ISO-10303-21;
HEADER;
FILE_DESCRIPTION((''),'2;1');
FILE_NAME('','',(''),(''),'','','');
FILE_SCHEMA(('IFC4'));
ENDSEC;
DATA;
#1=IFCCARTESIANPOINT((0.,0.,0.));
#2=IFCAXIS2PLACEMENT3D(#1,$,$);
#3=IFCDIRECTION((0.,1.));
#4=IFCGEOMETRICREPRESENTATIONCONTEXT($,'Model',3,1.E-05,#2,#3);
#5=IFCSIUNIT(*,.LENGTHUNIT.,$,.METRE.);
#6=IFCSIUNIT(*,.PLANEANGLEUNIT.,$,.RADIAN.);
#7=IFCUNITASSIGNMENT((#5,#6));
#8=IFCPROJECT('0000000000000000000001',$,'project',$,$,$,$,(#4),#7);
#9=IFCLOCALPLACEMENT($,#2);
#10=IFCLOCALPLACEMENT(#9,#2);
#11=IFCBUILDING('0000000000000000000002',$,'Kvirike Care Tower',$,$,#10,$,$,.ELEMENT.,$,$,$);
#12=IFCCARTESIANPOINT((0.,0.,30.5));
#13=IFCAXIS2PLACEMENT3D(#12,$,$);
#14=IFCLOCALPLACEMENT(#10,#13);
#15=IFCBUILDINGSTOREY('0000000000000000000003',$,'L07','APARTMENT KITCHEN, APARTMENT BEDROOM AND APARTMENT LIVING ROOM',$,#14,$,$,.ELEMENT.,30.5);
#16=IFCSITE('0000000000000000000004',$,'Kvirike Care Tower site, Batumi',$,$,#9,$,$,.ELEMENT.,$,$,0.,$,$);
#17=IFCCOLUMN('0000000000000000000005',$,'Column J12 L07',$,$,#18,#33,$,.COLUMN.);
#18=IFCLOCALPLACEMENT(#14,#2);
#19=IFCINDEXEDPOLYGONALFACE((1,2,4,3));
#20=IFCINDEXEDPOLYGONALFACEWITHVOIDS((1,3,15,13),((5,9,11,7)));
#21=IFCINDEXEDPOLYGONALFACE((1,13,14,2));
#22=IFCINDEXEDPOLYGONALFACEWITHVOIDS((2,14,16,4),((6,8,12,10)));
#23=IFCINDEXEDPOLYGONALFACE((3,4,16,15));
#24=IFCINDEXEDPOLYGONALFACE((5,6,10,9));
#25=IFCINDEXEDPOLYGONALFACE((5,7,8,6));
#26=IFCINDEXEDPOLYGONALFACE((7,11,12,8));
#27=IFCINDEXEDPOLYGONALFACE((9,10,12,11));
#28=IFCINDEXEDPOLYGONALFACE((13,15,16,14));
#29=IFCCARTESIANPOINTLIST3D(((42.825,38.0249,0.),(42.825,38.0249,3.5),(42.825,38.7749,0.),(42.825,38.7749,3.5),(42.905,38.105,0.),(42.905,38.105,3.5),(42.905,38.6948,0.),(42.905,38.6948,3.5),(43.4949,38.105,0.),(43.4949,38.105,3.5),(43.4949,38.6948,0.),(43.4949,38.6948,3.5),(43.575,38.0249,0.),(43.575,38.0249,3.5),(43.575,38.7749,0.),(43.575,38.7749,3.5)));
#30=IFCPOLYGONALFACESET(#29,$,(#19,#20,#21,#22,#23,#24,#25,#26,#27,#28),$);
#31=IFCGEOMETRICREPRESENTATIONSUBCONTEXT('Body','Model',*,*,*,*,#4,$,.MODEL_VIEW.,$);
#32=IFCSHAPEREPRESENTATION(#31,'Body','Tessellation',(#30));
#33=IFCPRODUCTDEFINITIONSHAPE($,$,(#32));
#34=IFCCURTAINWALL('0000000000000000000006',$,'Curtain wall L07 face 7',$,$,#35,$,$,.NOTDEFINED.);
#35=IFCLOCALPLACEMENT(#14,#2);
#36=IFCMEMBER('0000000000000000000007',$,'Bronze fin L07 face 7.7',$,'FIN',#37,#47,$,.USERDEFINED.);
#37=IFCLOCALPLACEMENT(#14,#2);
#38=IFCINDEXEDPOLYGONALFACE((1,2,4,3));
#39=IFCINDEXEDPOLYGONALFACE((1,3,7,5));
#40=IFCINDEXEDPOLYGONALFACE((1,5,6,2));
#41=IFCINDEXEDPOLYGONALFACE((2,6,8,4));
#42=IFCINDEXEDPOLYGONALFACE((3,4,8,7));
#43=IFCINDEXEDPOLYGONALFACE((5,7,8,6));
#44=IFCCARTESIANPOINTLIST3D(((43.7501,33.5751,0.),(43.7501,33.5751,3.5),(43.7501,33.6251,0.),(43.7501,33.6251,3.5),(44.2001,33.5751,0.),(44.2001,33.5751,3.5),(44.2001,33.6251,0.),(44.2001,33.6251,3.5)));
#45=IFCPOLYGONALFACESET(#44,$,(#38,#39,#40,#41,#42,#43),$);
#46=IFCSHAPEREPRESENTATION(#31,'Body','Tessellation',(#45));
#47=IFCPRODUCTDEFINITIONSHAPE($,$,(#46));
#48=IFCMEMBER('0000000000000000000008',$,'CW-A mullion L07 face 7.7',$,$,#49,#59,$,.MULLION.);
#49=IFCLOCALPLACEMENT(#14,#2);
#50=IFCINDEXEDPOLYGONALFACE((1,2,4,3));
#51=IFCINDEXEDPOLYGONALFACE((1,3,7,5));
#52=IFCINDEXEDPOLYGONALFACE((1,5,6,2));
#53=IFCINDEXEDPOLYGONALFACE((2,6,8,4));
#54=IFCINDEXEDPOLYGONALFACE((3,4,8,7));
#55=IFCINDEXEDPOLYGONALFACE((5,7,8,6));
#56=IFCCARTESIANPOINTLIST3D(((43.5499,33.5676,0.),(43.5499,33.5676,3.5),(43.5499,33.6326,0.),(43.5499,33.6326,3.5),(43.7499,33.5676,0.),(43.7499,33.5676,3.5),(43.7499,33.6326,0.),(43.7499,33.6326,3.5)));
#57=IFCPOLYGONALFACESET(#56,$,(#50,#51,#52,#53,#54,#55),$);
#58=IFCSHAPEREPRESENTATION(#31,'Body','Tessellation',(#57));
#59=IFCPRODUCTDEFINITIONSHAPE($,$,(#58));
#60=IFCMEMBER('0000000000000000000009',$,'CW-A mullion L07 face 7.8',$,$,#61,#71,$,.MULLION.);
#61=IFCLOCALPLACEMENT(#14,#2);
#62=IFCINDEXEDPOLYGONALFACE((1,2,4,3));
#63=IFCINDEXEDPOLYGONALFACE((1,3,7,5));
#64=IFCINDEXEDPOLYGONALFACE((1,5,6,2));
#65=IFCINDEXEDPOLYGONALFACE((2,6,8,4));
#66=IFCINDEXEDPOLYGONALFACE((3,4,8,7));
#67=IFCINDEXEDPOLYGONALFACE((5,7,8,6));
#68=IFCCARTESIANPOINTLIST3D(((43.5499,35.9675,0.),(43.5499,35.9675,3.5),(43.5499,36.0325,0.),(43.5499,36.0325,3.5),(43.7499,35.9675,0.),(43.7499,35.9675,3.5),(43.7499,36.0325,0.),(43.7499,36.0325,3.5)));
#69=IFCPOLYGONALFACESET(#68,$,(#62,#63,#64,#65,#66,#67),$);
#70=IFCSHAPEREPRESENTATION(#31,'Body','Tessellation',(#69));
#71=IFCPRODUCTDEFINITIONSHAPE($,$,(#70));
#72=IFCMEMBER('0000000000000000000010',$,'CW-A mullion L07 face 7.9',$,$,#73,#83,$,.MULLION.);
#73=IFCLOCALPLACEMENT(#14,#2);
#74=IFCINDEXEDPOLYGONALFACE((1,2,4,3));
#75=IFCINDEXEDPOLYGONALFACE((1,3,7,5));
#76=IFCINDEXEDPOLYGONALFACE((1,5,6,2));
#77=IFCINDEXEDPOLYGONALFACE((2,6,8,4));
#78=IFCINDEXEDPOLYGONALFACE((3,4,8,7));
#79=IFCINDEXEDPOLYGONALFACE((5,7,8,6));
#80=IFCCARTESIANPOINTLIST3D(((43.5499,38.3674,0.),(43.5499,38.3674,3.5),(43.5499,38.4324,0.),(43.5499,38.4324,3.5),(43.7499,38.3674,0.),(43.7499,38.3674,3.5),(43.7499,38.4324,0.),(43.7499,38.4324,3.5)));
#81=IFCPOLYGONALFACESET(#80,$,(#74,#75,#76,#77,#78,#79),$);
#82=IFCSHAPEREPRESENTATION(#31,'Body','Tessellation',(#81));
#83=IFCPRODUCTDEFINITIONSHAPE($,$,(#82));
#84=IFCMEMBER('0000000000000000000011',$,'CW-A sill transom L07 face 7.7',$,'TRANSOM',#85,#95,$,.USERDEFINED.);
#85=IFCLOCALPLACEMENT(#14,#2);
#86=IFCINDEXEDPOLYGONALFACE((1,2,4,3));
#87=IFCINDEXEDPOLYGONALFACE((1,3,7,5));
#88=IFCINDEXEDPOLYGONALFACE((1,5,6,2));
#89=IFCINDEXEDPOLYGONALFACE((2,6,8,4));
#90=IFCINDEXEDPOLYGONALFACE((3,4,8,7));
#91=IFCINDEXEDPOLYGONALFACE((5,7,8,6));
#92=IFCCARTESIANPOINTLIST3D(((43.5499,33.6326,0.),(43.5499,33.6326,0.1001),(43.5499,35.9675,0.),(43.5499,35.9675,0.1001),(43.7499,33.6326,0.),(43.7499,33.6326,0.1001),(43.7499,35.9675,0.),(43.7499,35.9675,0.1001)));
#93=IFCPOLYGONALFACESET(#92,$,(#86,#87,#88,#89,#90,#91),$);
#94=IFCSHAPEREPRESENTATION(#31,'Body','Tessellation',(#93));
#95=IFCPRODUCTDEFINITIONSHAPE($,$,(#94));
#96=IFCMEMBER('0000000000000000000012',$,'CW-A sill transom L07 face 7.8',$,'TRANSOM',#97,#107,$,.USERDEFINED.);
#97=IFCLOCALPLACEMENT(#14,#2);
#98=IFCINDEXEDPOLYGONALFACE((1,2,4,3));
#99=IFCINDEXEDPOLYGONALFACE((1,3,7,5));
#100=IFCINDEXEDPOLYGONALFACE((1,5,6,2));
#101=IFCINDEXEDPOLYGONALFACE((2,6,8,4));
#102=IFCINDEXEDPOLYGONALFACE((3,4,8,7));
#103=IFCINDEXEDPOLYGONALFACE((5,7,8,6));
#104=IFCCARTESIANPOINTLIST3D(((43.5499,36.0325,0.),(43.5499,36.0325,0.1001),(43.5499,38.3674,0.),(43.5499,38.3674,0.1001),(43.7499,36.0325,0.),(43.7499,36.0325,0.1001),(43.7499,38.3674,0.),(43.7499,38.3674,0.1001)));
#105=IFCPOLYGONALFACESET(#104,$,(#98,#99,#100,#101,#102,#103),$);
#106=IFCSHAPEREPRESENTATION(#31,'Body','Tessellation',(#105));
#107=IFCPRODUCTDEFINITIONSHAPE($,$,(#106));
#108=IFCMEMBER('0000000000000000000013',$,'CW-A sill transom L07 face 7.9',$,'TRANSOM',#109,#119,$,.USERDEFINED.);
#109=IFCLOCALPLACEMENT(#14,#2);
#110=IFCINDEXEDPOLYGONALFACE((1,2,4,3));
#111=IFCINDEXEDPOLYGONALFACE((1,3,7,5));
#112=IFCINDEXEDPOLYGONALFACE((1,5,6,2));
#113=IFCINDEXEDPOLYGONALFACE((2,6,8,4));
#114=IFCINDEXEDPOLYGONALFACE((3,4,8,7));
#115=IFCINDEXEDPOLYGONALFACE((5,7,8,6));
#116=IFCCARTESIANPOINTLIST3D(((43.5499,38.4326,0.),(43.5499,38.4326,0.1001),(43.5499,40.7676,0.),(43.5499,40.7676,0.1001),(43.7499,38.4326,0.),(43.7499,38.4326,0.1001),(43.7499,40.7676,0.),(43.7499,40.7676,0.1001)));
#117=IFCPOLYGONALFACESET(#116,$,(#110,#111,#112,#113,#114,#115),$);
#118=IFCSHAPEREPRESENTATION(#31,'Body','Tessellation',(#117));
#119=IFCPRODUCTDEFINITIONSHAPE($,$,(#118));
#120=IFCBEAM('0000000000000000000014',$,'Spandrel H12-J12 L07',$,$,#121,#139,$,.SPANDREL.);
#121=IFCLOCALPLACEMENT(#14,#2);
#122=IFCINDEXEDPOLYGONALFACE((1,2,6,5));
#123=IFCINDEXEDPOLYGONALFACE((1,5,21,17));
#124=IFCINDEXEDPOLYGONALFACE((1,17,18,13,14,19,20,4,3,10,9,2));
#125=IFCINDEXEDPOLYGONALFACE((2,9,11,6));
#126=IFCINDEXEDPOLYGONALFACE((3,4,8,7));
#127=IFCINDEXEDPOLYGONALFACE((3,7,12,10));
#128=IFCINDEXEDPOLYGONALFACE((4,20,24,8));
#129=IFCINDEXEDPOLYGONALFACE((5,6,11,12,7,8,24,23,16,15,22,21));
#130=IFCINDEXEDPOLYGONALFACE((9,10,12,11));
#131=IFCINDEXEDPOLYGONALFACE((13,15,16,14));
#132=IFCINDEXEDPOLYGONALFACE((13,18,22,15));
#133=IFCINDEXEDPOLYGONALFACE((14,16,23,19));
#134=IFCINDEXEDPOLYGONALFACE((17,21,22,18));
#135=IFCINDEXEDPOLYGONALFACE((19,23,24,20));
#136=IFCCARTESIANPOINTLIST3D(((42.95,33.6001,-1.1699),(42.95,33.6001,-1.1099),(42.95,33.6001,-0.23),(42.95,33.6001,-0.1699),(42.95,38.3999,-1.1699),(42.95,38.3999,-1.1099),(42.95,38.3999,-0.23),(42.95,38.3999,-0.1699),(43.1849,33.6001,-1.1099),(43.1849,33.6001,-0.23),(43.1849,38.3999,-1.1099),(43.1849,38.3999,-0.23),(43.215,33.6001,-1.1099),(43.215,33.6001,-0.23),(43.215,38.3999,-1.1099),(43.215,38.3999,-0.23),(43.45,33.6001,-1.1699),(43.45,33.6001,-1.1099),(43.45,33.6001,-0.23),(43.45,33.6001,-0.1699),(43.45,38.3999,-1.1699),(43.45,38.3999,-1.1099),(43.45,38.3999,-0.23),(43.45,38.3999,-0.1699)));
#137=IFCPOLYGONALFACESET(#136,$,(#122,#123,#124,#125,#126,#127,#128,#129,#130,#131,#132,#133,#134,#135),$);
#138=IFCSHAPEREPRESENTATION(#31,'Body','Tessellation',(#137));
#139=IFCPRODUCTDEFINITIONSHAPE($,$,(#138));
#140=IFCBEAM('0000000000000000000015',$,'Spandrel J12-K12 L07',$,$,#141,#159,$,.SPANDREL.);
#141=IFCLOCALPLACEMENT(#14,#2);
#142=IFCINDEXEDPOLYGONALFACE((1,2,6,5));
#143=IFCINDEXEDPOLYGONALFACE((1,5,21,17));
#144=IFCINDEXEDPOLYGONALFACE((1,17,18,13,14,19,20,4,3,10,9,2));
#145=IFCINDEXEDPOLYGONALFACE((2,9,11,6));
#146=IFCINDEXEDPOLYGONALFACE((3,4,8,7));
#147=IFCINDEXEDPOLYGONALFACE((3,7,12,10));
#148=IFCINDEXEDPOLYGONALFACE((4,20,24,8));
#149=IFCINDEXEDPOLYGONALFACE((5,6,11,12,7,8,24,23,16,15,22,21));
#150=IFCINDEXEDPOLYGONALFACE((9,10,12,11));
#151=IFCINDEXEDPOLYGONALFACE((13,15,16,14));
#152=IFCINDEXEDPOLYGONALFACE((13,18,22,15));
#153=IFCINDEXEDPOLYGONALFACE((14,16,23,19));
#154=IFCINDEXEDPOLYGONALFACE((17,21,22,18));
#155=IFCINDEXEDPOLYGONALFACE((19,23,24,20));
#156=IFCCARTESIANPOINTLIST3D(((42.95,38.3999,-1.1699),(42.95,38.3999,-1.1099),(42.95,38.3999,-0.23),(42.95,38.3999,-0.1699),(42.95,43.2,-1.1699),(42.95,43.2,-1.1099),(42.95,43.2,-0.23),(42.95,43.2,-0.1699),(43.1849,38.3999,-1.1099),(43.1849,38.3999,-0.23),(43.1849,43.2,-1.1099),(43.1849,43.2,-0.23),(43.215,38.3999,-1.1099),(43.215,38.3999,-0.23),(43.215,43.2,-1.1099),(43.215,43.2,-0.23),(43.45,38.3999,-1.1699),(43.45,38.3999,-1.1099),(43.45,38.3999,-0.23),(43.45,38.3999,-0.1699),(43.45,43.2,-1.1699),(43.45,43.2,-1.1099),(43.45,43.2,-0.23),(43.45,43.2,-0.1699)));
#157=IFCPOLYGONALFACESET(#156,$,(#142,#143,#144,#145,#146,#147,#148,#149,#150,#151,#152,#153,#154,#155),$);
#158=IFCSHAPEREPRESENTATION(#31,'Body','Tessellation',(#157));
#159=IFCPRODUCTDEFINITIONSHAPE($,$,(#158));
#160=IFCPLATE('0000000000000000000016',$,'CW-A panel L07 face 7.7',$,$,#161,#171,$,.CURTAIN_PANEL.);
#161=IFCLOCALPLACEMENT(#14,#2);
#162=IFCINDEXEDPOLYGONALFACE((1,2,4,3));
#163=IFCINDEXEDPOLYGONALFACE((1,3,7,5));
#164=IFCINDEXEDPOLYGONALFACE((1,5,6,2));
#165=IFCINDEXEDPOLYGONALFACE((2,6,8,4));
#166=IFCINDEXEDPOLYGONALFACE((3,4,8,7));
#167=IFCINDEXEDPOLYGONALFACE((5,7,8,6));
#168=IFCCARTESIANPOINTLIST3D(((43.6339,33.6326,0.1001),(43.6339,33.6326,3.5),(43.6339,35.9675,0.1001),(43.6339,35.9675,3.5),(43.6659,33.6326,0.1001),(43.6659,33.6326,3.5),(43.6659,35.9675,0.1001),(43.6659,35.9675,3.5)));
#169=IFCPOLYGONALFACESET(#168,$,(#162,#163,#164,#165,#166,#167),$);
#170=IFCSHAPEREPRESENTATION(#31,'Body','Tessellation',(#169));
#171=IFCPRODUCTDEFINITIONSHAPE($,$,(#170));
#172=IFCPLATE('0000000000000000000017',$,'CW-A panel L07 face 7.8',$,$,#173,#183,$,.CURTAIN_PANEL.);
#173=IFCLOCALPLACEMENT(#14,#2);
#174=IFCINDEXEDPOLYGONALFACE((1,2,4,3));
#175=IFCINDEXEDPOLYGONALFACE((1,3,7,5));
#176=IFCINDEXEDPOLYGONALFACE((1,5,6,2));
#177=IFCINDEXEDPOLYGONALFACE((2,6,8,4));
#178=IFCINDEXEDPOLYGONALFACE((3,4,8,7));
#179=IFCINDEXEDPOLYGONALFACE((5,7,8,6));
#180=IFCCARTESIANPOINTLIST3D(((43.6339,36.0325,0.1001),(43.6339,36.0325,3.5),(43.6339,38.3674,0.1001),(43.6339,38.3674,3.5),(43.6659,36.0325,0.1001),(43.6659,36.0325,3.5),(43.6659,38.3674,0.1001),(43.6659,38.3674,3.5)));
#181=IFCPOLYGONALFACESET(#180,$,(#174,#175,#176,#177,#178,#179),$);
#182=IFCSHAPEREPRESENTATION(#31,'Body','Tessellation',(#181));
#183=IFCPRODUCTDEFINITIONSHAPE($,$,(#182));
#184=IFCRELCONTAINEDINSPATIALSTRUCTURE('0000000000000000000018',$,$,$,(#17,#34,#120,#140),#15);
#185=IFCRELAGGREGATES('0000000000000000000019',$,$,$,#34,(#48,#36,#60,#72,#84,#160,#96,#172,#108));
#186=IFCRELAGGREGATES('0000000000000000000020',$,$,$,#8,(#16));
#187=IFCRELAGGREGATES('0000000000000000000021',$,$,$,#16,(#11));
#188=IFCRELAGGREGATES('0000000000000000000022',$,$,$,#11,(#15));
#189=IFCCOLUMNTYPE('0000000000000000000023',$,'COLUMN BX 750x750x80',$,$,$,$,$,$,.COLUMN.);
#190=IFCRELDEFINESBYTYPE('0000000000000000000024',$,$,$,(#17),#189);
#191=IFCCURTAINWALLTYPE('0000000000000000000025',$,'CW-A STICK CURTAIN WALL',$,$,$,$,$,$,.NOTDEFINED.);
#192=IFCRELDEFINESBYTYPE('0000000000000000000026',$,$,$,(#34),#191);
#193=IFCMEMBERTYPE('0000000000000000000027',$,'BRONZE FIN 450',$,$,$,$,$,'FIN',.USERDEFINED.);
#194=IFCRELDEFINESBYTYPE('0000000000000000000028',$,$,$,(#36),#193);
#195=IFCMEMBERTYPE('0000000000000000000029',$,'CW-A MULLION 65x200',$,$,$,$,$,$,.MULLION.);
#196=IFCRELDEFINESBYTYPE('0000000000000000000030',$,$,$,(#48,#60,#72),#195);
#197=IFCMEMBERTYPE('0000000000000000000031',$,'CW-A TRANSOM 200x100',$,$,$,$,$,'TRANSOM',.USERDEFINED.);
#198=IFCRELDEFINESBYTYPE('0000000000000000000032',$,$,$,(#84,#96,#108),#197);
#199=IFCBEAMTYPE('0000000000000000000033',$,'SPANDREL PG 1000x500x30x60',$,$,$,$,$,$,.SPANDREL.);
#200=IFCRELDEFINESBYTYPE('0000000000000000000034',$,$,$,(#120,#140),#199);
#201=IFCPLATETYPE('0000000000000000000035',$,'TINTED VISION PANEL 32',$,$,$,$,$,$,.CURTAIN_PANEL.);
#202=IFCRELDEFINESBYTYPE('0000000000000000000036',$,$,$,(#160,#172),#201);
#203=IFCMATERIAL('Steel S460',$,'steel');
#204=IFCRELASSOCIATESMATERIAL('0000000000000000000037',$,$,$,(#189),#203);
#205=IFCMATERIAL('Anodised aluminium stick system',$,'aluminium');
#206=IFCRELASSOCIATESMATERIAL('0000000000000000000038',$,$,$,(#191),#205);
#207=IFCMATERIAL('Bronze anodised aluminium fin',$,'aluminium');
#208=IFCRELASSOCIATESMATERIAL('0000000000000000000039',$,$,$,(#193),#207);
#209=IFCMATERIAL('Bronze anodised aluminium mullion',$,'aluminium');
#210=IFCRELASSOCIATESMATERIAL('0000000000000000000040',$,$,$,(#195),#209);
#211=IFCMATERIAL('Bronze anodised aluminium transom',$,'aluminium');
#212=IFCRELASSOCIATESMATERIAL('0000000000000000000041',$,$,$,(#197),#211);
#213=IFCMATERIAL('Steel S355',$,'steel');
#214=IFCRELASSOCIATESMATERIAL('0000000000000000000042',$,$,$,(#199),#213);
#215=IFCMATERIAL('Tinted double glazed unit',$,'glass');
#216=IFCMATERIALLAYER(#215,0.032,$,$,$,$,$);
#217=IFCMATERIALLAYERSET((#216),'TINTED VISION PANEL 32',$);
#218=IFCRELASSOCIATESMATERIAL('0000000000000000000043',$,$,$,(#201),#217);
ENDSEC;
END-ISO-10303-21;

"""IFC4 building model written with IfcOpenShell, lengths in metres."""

from ifc_helpers import new_model, si_unit, direction, frame, origin, origin_2d, place, context, subcontext, project, spatial, rectangle, hollow_rectangle, i_section, extrude, material, layer, layer_set, material_profile, profile_set, type_object, element, aggregate, save


model = new_model("IFC4")

# Units and contexts
model_context = context("Model", 3, precision=1e-05, world=origin(), true_north=direction((0.0, 1.0)))
body_context = subcontext(model_context, "Body", "Model", "MODEL_VIEW")
ifc_project = project(units=[si_unit("LENGTHUNIT", "METRE"), si_unit("PLANEANGLEUNIT", "RADIAN")], contexts=[model_context])

# Site, building, storey
site_placement = place(None, origin())
site = spatial("IfcSite", under=ifc_project, at=site_placement, Name="Kvirike Care Tower site, Batumi", CompositionType="ELEMENT", RefElevation=0.0)
building_placement = place(site_placement, origin())
building = spatial("IfcBuilding", under=site, at=building_placement, Name="Kvirike Care Tower", CompositionType="ELEMENT")
storey_placement = place(building_placement, frame((0.0, 0.0, 30.5)))
storey = spatial("IfcBuildingStorey", under=building, at=storey_placement, Name="L07", Description="APARTMENT KITCHEN, APARTMENT BEDROOM AND APARTMENT LIVING ROOM", CompositionType="ELEMENT", Elevation=30.5)

# Column
ifc_material_1 = material(Name="Steel S460", Category="steel")
ifc_material_profile_1 = material_profile(ifc_material_1, hollow_rectangle(XDim=0.75, YDim=0.75, WallThickness=0.0801, at=origin_2d()), Name="BX 750x750x80")
ifc_profile_set_1 = profile_set([ifc_material_profile_1], Name="Steel S460")
column_type = type_object("IfcColumnType", Name="COLUMN BX 750x750x80", PredefinedType="COLUMN", material=ifc_profile_set_1)
column_placement = place(storey_placement, frame((43.2, 38.3999, 0.0), z_axis=(0.0, 0.0, 1.0), x_axis=(1.0, 0.0, 0.0)))
element("IfcColumn", 1, at=column_placement, inside=storey, type_object=column_type, Name="Column J12 L07", PredefinedType="COLUMN", context=body_context, shape_type="SweptSolid", body=[
    extrude(hollow_rectangle(XDim=0.75, YDim=0.75, WallThickness=0.0801, at=origin_2d()), origin(), (0.0, 0.0, 1.0), 3.5),
])

# Curtain wall, members
ifc_material_2 = material(Name="Anodised aluminium stick system", Category="aluminium")
curtain_wall_type = type_object("IfcCurtainWallType", Name="CW-A STICK CURTAIN WALL", PredefinedType="NOTDEFINED", material=ifc_material_2)
curtain_wall_placement = place(storey_placement, origin())
curtain_wall = element("IfcCurtainWall", 2, at=curtain_wall_placement, inside=storey, type_object=curtain_wall_type, Name="Curtain wall L07 face 7", PredefinedType="NOTDEFINED")
ifc_material_3 = material(Name="Bronze anodised aluminium fin", Category="aluminium")
ifc_material_profile_2 = material_profile(ifc_material_3, rectangle(XDim=0.05, YDim=0.45, at=origin_2d()), Name="BRONZE FIN 450")
ifc_profile_set_2 = profile_set([ifc_material_profile_2], Name="Bronze anodised aluminium fin")
member_type_1 = type_object("IfcMemberType", Name="BRONZE FIN 450", ElementType="FIN", PredefinedType="USERDEFINED", material=ifc_profile_set_2)
member_1_placement = place(storey_placement, frame((43.9751, 33.6001, 0.0), z_axis=(0.0, 0.0, 1.0), x_axis=(0.0, 1.0, 0.0)))
member_1 = element("IfcMember", 3, at=member_1_placement, type_object=member_type_1, Name="Bronze fin L07 face 7.7", ObjectType="FIN", PredefinedType="USERDEFINED", context=body_context, shape_type="SweptSolid", body=[
    extrude(rectangle(XDim=0.05, YDim=0.45, at=origin_2d()), origin(), (0.0, 0.0, 1.0), 3.5),
])
ifc_material_4 = material(Name="Bronze anodised aluminium mullion", Category="aluminium")
ifc_material_profile_3 = material_profile(ifc_material_4, rectangle(XDim=0.0649, YDim=0.2, at=origin_2d()), Name="CW-A MULLION 65x200")
ifc_profile_set_3 = profile_set([ifc_material_profile_3], Name="Bronze anodised aluminium mullion")
member_type_2 = type_object("IfcMemberType", Name="CW-A MULLION 65x200", PredefinedType="MULLION", material=ifc_profile_set_3)
member_2_placement = place(storey_placement, frame((43.6499, 33.6001, 0.0), z_axis=(0.0, 0.0, 1.0), x_axis=(0.0, 1.0, 0.0)))
member_2 = element("IfcMember", 4, at=member_2_placement, type_object=member_type_2, Name="CW-A mullion L07 face 7.7", PredefinedType="MULLION", context=body_context, shape_type="SweptSolid", body=[
    extrude(rectangle(XDim=0.0649, YDim=0.2, at=origin_2d()), origin(), (0.0, 0.0, 1.0), 3.5),
])
member_3_placement = place(storey_placement, frame((43.6499, 36.0, 0.0), z_axis=(0.0, 0.0, 1.0), x_axis=(0.0, 1.0, 0.0)))
member_3 = element("IfcMember", 5, at=member_3_placement, type_object=member_type_2, Name="CW-A mullion L07 face 7.8", PredefinedType="MULLION", context=body_context, shape_type="SweptSolid", body=[
    extrude(rectangle(XDim=0.0649, YDim=0.2, at=origin_2d()), origin(), (0.0, 0.0, 1.0), 3.5),
])
member_4_placement = place(storey_placement, frame((43.6499, 38.3999, 0.0), z_axis=(0.0, 0.0, 1.0), x_axis=(0.0, 1.0, 0.0)))
member_4 = element("IfcMember", 6, at=member_4_placement, type_object=member_type_2, Name="CW-A mullion L07 face 7.9", PredefinedType="MULLION", context=body_context, shape_type="SweptSolid", body=[
    extrude(rectangle(XDim=0.0649, YDim=0.2, at=origin_2d()), origin(), (0.0, 0.0, 1.0), 3.5),
])
ifc_material_5 = material(Name="Bronze anodised aluminium transom", Category="aluminium")
ifc_material_profile_4 = material_profile(ifc_material_5, rectangle(XDim=0.2, YDim=0.1001, at=origin_2d()), Name="CW-A TRANSOM 200x100")
ifc_profile_set_4 = profile_set([ifc_material_profile_4], Name="Bronze anodised aluminium transom")
member_type_3 = type_object("IfcMemberType", Name="CW-A TRANSOM 200x100", ElementType="TRANSOM", PredefinedType="USERDEFINED", material=ifc_profile_set_4)
member_5_placement = place(storey_placement, frame((43.6499, 33.6326, 0.05), z_axis=(0.0, 1.0, 0.0), x_axis=(-1.0, 0.0, 0.0)))
member_5 = element("IfcMember", 7, at=member_5_placement, type_object=member_type_3, Name="CW-A sill transom L07 face 7.7", ObjectType="TRANSOM", PredefinedType="USERDEFINED", context=body_context, shape_type="SweptSolid", body=[
    extrude(rectangle(XDim=0.2, YDim=0.1001, at=origin_2d()), origin(), (0.0, 0.0, 1.0), 2.335),
])
member_6_placement = place(storey_placement, frame((43.6499, 36.0325, 0.05), z_axis=(0.0, 1.0, 0.0), x_axis=(-1.0, 0.0, 0.0)))
member_6 = element("IfcMember", 8, at=member_6_placement, type_object=member_type_3, Name="CW-A sill transom L07 face 7.8", ObjectType="TRANSOM", PredefinedType="USERDEFINED", context=body_context, shape_type="SweptSolid", body=[
    extrude(rectangle(XDim=0.2, YDim=0.1001, at=origin_2d()), origin(), (0.0, 0.0, 1.0), 2.335),
])
member_7_placement = place(storey_placement, frame((43.6499, 38.4326, 0.05), z_axis=(0.0, 1.0, 0.0), x_axis=(-1.0, 0.0, 0.0)))
member_7 = element("IfcMember", 9, at=member_7_placement, type_object=member_type_3, Name="CW-A sill transom L07 face 7.9", ObjectType="TRANSOM", PredefinedType="USERDEFINED", context=body_context, shape_type="SweptSolid", body=[
    extrude(rectangle(XDim=0.2, YDim=0.1001, at=origin_2d()), origin(), (0.0, 0.0, 1.0), 2.335),
])

# Beams
ifc_material_6 = material(Name="Steel S355", Category="steel")
ifc_material_profile_5 = material_profile(ifc_material_6, i_section(OverallWidth=0.5, OverallDepth=1.0, WebThickness=0.03, FlangeThickness=0.0601, at=origin_2d()), Name="PG 1000x500x30x60")
ifc_profile_set_5 = profile_set([ifc_material_profile_5], Name="Steel S355")
beam_type = type_object("IfcBeamType", Name="SPANDREL PG 1000x500x30x60", PredefinedType="SPANDREL", material=ifc_profile_set_5)
beam_1_placement = place(storey_placement, frame((43.2, 33.6001, -0.6699), z_axis=(0.0, 1.0, 0.0), x_axis=(-1.0, 0.0, 0.0)))
element("IfcBeam", 10, at=beam_1_placement, inside=storey, type_object=beam_type, Name="Spandrel H12-J12 L07", PredefinedType="SPANDREL", context=body_context, shape_type="SweptSolid", body=[
    extrude(i_section(OverallWidth=0.5, OverallDepth=1.0, WebThickness=0.03, FlangeThickness=0.0601, at=origin_2d()), origin(), (0.0, 0.0, 1.0), 4.7998),
])
beam_2_placement = place(storey_placement, frame((43.2, 38.3999, -0.6699), z_axis=(0.0, 1.0, 0.0), x_axis=(-1.0, 0.0, 0.0)))
element("IfcBeam", 11, at=beam_2_placement, inside=storey, type_object=beam_type, Name="Spandrel J12-K12 L07", PredefinedType="SPANDREL", context=body_context, shape_type="SweptSolid", body=[
    extrude(i_section(OverallWidth=0.5, OverallDepth=1.0, WebThickness=0.03, FlangeThickness=0.0601, at=origin_2d()), origin(), (0.0, 0.0, 1.0), 4.8),
])

# Plates
ifc_material_7 = material(Name="Tinted double glazed unit", Category="glass")
ifc_layer_1 = layer(ifc_material_7, 0.032)
ifc_layer_set_1 = layer_set([ifc_layer_1], Name="TINTED VISION PANEL 32")
plate_type = type_object("IfcPlateType", Name="TINTED VISION PANEL 32", PredefinedType="CURTAIN_PANEL", material=ifc_layer_set_1)
plate_1_placement = place(storey_placement, frame((43.6499, 34.8, 0.1001), z_axis=(0.0, 0.0, 1.0), x_axis=(0.0, 1.0, 0.0)))
plate_1 = element("IfcPlate", 12, at=plate_1_placement, type_object=plate_type, Name="CW-A panel L07 face 7.7", PredefinedType="CURTAIN_PANEL", context=body_context, shape_type="SweptSolid", body=[
    extrude(rectangle(XDim=2.335, YDim=0.032, at=origin_2d()), origin(), (0.0, 0.0, 1.0), 3.3999),
])
plate_2_placement = place(storey_placement, frame((43.6499, 37.2, 0.1001), z_axis=(0.0, 0.0, 1.0), x_axis=(0.0, 1.0, 0.0)))
plate_2 = element("IfcPlate", 13, at=plate_2_placement, type_object=plate_type, Name="CW-A panel L07 face 7.8", PredefinedType="CURTAIN_PANEL", context=body_context, shape_type="SweptSolid", body=[
    extrude(rectangle(XDim=2.335, YDim=0.032, at=origin_2d()), origin(), (0.0, 0.0, 1.0), 3.3999),
])
aggregate(curtain_wall, [member_2, member_1, member_3, member_4, member_5, plate_1, member_6, plate_2, member_7])

save(model, "model.ifc")
